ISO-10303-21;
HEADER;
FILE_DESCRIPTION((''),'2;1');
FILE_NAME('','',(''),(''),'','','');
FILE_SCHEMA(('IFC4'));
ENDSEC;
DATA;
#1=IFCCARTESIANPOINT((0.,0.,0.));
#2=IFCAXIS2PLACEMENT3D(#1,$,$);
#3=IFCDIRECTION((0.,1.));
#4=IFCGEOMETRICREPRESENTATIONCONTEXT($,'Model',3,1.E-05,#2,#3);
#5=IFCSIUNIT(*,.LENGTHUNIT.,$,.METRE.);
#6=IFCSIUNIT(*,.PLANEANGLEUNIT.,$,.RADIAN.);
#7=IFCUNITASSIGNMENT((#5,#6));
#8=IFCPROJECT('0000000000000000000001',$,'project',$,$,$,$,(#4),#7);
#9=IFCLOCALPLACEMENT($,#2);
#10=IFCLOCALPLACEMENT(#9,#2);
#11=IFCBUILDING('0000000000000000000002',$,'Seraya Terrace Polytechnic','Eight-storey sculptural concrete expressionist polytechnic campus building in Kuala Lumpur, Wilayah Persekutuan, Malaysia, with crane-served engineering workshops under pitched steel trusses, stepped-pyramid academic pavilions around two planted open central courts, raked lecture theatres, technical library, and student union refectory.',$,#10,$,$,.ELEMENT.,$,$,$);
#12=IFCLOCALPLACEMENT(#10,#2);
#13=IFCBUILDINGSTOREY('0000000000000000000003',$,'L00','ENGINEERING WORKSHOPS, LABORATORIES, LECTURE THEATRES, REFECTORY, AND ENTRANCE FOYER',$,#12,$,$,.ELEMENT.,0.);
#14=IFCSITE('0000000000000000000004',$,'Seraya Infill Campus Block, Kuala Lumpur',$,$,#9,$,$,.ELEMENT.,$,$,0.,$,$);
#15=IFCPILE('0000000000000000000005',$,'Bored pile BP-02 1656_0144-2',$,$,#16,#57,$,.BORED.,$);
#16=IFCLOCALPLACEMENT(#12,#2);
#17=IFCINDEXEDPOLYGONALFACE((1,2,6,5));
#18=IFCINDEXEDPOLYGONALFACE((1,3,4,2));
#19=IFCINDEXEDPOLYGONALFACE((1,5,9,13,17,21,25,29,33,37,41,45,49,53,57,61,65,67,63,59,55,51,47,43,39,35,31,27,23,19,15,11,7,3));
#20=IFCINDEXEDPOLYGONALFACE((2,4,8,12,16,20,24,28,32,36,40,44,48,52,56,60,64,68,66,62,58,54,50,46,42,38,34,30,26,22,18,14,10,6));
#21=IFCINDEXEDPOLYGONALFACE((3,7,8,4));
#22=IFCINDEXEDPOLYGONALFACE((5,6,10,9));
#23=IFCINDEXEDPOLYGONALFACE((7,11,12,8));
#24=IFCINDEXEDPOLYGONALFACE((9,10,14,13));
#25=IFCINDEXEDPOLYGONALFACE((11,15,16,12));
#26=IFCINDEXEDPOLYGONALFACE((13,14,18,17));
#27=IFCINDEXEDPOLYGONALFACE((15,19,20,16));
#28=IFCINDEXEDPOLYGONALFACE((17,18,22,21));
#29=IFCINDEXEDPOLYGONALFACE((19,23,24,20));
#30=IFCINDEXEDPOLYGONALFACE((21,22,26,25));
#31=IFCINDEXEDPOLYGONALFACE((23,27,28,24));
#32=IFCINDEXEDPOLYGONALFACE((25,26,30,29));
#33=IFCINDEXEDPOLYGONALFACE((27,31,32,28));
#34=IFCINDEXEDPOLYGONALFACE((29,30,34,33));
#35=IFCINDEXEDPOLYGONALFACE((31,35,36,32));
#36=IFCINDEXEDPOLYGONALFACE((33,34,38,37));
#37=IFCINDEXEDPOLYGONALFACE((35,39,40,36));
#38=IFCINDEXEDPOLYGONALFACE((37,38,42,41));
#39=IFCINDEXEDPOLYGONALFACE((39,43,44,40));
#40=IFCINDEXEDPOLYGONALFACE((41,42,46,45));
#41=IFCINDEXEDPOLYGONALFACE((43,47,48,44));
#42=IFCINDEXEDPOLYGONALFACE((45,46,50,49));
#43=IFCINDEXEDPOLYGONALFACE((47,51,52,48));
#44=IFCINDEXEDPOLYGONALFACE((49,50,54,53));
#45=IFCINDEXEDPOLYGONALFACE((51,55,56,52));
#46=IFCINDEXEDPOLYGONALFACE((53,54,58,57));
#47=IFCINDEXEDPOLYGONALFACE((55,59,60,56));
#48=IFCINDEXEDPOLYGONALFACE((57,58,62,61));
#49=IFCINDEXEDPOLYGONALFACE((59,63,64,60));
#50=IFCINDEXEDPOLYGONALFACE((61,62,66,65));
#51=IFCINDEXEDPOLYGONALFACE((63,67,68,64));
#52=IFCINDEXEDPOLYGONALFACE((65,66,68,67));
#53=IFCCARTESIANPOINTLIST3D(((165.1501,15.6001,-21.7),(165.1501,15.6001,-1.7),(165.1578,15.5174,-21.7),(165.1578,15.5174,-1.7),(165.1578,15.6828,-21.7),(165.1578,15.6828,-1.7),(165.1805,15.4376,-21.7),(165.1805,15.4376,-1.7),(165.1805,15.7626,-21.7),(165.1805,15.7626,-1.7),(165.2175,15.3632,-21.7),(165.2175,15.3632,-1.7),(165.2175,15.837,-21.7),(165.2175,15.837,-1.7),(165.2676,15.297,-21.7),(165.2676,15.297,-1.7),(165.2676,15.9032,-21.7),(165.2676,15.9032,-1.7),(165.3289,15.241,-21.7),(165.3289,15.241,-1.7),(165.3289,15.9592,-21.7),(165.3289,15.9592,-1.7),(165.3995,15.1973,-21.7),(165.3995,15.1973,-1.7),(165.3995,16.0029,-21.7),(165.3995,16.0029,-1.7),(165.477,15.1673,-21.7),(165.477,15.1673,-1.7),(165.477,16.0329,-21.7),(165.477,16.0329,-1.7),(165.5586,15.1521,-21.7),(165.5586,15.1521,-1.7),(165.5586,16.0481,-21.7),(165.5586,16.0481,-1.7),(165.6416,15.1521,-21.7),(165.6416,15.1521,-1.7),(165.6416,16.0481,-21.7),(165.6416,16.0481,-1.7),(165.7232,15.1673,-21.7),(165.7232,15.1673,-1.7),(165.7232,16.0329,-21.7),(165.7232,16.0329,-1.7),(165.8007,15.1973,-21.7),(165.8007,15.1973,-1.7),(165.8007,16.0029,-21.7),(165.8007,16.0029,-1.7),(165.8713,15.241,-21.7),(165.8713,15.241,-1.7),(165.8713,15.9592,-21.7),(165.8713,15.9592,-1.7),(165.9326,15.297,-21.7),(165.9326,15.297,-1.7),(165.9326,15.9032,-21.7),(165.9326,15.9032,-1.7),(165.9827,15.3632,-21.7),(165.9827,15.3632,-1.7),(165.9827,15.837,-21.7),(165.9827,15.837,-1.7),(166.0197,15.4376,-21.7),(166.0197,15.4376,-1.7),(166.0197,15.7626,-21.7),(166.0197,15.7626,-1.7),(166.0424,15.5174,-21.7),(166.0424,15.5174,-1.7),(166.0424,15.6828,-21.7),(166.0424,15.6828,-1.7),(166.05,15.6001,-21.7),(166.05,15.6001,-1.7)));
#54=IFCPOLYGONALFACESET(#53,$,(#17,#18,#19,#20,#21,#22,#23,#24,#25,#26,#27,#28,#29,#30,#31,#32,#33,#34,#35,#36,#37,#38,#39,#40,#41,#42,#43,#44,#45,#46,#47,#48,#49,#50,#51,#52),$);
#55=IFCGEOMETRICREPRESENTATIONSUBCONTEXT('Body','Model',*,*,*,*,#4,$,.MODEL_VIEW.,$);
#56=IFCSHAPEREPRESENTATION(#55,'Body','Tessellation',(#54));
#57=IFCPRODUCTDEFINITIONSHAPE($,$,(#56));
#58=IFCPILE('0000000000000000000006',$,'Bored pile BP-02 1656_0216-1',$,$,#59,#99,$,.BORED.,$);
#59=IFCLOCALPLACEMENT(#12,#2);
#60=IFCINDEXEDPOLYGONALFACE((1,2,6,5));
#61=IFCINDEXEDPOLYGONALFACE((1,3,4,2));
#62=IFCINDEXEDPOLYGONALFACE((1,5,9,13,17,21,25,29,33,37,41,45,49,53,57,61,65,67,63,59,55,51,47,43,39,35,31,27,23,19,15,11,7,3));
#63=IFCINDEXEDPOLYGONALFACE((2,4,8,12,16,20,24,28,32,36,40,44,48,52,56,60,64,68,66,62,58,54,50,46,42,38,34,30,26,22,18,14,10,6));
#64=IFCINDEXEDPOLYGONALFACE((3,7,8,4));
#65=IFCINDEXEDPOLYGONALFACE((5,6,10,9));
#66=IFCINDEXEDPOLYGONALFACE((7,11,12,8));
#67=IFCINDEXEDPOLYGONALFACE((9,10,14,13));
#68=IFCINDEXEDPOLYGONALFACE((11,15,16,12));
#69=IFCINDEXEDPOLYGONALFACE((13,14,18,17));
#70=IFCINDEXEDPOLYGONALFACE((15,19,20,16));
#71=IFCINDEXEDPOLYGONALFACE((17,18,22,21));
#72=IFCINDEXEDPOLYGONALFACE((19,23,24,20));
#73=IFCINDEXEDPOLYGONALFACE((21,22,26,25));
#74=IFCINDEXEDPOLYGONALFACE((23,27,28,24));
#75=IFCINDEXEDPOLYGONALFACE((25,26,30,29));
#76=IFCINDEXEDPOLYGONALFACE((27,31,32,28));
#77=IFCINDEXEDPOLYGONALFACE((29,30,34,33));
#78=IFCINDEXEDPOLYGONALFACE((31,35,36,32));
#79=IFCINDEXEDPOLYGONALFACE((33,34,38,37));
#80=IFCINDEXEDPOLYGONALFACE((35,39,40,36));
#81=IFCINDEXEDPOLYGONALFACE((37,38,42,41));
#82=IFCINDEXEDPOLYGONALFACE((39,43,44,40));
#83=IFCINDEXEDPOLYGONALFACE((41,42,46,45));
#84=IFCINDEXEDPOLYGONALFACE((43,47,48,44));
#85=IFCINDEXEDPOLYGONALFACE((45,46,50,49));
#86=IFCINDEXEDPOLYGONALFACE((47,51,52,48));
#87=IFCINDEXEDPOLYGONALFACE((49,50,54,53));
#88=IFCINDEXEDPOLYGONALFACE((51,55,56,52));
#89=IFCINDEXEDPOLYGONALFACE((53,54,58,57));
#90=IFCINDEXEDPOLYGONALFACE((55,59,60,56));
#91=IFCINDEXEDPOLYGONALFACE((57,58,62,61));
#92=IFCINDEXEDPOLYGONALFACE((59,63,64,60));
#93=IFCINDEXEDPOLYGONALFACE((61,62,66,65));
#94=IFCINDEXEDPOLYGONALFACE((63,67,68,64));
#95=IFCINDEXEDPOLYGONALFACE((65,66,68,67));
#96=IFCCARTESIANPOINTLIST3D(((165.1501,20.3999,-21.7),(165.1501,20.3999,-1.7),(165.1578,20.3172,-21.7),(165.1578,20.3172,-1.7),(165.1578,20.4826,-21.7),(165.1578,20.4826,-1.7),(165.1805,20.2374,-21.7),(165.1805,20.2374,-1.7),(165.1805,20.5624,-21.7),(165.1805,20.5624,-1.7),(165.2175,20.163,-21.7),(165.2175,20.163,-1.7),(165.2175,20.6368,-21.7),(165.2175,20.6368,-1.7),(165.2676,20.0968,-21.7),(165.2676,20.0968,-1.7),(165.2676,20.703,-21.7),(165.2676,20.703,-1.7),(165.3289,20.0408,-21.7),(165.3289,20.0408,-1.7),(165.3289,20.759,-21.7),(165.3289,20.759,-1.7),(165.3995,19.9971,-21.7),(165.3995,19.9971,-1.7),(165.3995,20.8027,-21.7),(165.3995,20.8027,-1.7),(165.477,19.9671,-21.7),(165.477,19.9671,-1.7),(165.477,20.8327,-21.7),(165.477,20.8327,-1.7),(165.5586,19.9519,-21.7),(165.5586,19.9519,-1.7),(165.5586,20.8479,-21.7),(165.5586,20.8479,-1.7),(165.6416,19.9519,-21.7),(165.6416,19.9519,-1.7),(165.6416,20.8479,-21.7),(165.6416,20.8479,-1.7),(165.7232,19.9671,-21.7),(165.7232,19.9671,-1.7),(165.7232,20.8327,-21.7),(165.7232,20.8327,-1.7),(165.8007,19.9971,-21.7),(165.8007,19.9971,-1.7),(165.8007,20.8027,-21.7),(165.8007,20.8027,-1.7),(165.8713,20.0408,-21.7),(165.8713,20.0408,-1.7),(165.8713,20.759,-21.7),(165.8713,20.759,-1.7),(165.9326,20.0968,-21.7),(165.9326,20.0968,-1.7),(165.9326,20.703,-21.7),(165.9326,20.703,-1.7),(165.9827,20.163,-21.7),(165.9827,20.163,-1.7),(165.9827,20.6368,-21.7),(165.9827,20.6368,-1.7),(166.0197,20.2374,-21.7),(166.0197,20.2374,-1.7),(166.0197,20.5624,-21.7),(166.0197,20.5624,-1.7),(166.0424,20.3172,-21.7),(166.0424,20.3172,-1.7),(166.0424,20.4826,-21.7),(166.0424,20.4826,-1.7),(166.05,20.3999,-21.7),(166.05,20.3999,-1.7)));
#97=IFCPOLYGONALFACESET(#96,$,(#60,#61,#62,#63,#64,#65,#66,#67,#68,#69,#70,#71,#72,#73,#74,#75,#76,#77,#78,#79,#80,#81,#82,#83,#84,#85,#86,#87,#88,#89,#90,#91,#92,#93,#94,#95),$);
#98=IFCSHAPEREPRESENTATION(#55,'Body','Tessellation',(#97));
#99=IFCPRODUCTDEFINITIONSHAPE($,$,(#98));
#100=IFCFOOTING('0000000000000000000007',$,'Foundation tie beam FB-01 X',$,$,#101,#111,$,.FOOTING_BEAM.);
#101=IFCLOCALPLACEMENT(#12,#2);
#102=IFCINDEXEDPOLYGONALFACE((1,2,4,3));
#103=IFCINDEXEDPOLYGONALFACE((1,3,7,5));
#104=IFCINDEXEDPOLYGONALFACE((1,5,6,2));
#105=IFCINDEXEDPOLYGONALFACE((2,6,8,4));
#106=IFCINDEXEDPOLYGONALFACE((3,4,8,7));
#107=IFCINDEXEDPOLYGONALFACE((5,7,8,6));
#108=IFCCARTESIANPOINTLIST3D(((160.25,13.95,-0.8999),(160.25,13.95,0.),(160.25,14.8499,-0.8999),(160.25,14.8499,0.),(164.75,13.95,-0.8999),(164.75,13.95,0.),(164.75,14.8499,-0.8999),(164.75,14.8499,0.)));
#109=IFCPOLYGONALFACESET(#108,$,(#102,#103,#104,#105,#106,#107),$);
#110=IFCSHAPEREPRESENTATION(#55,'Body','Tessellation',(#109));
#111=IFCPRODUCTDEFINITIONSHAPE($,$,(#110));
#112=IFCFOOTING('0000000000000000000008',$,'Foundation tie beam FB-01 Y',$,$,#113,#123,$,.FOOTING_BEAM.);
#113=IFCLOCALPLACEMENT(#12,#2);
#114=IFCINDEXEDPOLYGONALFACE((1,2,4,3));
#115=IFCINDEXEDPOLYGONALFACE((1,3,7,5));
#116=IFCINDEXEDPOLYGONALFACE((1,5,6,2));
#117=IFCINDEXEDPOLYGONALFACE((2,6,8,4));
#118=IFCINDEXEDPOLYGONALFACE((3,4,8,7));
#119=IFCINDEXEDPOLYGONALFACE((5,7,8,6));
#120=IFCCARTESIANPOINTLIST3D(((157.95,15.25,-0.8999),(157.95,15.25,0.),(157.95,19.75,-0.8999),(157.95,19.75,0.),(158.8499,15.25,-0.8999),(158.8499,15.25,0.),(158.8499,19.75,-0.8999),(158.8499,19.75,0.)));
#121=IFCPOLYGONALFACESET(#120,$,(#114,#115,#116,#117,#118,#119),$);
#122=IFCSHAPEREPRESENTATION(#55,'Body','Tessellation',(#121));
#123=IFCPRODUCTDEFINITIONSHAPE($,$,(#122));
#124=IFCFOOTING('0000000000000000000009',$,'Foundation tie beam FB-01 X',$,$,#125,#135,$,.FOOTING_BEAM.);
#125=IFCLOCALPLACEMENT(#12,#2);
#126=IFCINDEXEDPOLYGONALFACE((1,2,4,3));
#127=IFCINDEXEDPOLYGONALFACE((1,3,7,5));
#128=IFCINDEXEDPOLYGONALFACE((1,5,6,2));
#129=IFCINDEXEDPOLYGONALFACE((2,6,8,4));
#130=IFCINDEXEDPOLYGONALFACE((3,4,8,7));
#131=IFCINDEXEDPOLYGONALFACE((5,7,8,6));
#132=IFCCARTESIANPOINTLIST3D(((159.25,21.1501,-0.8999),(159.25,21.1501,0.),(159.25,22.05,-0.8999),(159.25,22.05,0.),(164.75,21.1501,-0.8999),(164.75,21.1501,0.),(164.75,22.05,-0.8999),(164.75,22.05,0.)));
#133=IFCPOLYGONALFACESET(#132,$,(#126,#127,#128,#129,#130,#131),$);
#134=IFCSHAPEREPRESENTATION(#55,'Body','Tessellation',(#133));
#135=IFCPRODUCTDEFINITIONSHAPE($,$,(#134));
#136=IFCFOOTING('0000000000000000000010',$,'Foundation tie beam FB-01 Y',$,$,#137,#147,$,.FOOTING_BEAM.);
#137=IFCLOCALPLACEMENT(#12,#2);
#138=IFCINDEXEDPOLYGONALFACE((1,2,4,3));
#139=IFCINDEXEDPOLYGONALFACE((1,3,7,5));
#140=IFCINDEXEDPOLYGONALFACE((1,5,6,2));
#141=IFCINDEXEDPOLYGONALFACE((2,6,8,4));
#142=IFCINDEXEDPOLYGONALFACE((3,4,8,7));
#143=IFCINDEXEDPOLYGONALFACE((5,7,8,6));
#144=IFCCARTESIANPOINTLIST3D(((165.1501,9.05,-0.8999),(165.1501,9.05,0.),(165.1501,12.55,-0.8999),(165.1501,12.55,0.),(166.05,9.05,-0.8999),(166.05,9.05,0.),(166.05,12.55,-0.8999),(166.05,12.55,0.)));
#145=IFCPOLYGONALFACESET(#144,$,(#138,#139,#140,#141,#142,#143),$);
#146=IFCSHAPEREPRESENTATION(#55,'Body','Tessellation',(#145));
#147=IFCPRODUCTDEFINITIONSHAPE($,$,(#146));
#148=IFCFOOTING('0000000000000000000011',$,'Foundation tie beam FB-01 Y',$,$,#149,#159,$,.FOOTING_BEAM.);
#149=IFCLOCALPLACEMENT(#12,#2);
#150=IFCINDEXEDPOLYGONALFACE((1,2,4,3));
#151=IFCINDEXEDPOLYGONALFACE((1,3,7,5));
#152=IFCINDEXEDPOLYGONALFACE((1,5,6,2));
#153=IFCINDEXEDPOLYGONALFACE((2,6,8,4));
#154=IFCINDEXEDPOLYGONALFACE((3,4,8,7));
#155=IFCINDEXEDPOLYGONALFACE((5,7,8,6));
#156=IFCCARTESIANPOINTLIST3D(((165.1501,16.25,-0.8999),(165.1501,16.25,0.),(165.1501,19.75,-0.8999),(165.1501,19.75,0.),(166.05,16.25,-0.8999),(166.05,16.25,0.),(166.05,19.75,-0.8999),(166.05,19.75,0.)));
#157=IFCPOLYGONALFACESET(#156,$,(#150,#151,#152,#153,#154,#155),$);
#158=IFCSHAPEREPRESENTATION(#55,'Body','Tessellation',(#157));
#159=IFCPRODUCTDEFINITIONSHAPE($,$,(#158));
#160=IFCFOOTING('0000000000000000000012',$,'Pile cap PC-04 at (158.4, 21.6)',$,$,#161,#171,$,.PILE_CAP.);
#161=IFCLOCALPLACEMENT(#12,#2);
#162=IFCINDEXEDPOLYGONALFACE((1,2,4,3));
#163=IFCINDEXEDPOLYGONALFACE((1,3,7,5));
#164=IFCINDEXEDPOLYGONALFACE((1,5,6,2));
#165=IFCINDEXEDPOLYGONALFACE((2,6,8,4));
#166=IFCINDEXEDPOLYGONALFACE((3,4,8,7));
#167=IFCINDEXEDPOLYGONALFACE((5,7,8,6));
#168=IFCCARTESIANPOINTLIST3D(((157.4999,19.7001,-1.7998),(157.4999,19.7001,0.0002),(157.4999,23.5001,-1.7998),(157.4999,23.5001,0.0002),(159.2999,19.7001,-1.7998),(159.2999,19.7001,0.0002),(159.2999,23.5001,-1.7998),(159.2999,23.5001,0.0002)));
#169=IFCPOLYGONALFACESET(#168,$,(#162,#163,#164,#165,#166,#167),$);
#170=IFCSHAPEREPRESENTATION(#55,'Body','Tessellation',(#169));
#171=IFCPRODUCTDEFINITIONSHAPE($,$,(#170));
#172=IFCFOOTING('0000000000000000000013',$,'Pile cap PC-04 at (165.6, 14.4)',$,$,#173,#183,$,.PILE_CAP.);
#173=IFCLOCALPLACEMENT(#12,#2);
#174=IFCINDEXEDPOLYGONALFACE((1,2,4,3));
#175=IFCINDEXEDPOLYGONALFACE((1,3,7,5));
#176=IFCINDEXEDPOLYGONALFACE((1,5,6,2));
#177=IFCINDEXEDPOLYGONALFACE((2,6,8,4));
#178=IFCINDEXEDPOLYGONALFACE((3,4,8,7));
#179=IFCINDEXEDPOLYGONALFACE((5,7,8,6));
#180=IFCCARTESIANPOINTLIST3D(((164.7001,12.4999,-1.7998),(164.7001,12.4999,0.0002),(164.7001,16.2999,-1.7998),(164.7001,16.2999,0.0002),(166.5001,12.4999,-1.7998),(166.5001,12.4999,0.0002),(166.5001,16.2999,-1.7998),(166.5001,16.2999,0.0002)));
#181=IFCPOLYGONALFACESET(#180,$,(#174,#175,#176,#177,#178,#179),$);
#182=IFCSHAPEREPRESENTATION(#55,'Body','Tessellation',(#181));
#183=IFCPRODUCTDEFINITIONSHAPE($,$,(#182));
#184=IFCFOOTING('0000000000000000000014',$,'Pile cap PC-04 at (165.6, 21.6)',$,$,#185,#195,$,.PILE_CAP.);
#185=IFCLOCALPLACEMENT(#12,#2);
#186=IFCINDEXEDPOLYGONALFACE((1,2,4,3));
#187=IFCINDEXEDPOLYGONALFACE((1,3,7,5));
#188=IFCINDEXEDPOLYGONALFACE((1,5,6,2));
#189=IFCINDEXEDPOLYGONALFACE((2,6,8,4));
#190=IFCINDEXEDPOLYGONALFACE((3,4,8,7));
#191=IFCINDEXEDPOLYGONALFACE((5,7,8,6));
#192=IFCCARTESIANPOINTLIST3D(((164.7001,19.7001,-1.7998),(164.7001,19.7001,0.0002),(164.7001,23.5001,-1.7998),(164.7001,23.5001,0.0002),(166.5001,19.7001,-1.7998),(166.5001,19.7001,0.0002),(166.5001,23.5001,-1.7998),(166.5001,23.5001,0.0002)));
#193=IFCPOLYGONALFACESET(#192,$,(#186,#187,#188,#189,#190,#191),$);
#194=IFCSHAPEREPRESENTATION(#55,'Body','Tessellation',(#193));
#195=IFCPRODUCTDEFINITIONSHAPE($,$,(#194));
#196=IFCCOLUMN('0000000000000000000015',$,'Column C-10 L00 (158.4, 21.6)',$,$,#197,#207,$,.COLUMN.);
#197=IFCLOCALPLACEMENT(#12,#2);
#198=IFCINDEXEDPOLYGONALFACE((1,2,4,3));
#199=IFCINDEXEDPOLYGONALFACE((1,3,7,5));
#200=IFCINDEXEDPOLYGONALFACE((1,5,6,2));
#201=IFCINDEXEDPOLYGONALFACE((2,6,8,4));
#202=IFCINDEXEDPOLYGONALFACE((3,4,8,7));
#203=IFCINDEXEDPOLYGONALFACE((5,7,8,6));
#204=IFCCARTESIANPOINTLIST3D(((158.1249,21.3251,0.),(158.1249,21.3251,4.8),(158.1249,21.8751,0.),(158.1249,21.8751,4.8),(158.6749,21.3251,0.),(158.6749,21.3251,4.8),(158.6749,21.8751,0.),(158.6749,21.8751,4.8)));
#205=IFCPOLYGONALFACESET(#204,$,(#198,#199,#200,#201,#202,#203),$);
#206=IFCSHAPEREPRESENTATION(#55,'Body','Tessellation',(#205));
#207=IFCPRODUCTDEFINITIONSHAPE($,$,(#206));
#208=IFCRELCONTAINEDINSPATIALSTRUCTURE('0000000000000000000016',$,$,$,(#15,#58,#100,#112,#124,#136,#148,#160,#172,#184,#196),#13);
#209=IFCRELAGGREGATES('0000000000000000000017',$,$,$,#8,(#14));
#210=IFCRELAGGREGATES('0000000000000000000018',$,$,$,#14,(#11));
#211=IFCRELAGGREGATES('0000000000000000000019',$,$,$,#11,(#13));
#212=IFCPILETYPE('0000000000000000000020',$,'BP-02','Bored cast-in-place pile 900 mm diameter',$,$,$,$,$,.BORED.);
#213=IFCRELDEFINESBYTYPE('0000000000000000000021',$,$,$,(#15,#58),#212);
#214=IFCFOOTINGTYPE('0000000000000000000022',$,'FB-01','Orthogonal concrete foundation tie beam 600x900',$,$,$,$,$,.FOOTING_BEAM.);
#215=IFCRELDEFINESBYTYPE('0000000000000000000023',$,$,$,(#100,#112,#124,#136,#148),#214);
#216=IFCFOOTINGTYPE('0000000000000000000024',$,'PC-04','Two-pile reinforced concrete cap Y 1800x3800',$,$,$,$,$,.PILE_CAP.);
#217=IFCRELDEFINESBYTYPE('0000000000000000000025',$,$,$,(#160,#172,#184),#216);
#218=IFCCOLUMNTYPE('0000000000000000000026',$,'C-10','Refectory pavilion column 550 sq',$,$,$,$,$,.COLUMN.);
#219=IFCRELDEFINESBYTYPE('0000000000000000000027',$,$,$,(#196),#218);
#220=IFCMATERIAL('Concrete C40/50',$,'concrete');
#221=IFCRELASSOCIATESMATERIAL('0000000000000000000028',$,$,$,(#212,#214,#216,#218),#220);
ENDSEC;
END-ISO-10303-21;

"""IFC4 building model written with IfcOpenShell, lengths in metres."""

from ifc_helpers import new_model, si_unit, direction, frame, origin, origin_2d, place, context, subcontext, project, spatial, rectangle, circle, extrude, material, material_profile, profile_set, type_object, element, save


model = new_model("IFC4")

# Units and contexts
model_context = context("Model", 3, precision=1e-05, world=origin(), true_north=direction((0.0, 1.0)))
body_context = subcontext(model_context, "Body", "Model", "MODEL_VIEW")
ifc_project = project(units=[si_unit("LENGTHUNIT", "METRE"), si_unit("PLANEANGLEUNIT", "RADIAN")], contexts=[model_context])

# Site, building, storey
site_placement = place(None, origin())
site = spatial("IfcSite", under=ifc_project, at=site_placement, Name="Seraya Infill Campus Block, Kuala Lumpur", CompositionType="ELEMENT", RefElevation=0.0)
building_placement = place(site_placement, origin())
building = spatial("IfcBuilding", under=site, at=building_placement, Name="Seraya Terrace Polytechnic", Description="Eight-storey sculptural concrete expressionist polytechnic campus building in Kuala Lumpur, Wilayah Persekutuan, Malaysia, with crane-served engineering workshops under pitched steel trusses, stepped-pyramid academic pavilions around two planted open central courts, raked lecture theatres, technical library, and student union refectory.", CompositionType="ELEMENT")
storey_placement = place(building_placement, origin())
storey = spatial("IfcBuildingStorey", under=building, at=storey_placement, Name="L00", Description="ENGINEERING WORKSHOPS, LABORATORIES, LECTURE THEATRES, REFECTORY, AND ENTRANCE FOYER", CompositionType="ELEMENT", Elevation=0.0)

# Piles
ifc_material_1 = material(Name="Concrete C40/50", Category="concrete")
ifc_material_profile_1 = material_profile(ifc_material_1, circle(Radius=0.45, at=origin_2d()), Name="DIA 900")
ifc_profile_set_1 = profile_set([ifc_material_profile_1], Name="Concrete C40/50")
pile_type = type_object("IfcPileType", Name="BP-02", Description="Bored cast-in-place pile 900 mm diameter", PredefinedType="BORED", material=ifc_profile_set_1)
for number, where, z_axis, x_axis, name in (
    (1, (165.6001, 15.6001, -1.7), (0.0, 0.0, -1.0), (1.0, 0.0, 0.0), "Bored pile BP-02 1656_0144-2"),
    (2, (165.6001, 20.3999, -1.7), (0.0, 0.0, -1.0), (1.0, 0.0, 0.0), "Bored pile BP-02 1656_0216-1"),
):
    element("IfcPile", number, at=place(storey_placement, frame(where, z_axis=z_axis, x_axis=x_axis)), inside=storey, type_object=pile_type, Name=name, PredefinedType="BORED", context=body_context, shape_type="SweptSolid", body=[
        extrude(circle(Radius=0.45, at=origin_2d()), origin(), (0.0, 0.0, 1.0), 20.0),
    ])

# Footings
footing_type_1 = type_object("IfcFootingType", Name="FB-01", Description="Orthogonal concrete foundation tie beam 600x900", PredefinedType="FOOTING_BEAM", material=ifc_material_1)
for number, where, z_axis, x_axis, name in (
    (3, (162.5, 14.3999, -0.8999), (0.0, 0.0, 1.0), (1.0, 0.0, 0.0), "Foundation tie beam FB-01 X"),
    (4, (158.3999, 17.5, -0.8999), (0.0, 0.0, 1.0), (0.0, 1.0, 0.0), "Foundation tie beam FB-01 Y"),
):
    element("IfcFooting", number, at=place(storey_placement, frame(where, z_axis=z_axis, x_axis=x_axis)), inside=storey, type_object=footing_type_1, Name=name, PredefinedType="FOOTING_BEAM", context=body_context, shape_type="SweptSolid", body=[
        extrude(rectangle(XDim=4.5, YDim=0.8999, at=origin_2d()), origin(), (0.0, 0.0, 1.0), 0.8999),
    ])
footing_placement = place(storey_placement, frame((162.0, 21.6001, -0.8999), z_axis=(0.0, 0.0, 1.0), x_axis=(1.0, 0.0, 0.0)))
element("IfcFooting", 5, at=footing_placement, inside=storey, type_object=footing_type_1, Name="Foundation tie beam FB-01 X", PredefinedType="FOOTING_BEAM", context=body_context, shape_type="SweptSolid", body=[
    extrude(rectangle(XDim=5.5, YDim=0.8999, at=origin_2d()), origin(), (0.0, 0.0, 1.0), 0.8999),
])
for number, where, z_axis, x_axis, name in (
    (6, (165.6001, 10.8, -0.8999), (0.0, 0.0, 1.0), (0.0, 1.0, 0.0), "Foundation tie beam FB-01 Y"),
    (7, (165.6001, 18.0, -0.8999), (0.0, 0.0, 1.0), (0.0, 1.0, 0.0), "Foundation tie beam FB-01 Y"),
):
    element("IfcFooting", number, at=place(storey_placement, frame(where, z_axis=z_axis, x_axis=x_axis)), inside=storey, type_object=footing_type_1, Name=name, PredefinedType="FOOTING_BEAM", context=body_context, shape_type="SweptSolid", body=[
        extrude(rectangle(XDim=3.5, YDim=0.8999, at=origin_2d()), origin(), (0.0, 0.0, 1.0), 0.8999),
    ])
footing_type_2 = type_object("IfcFootingType", Name="PC-04", Description="Two-pile reinforced concrete cap Y 1800x3800", PredefinedType="PILE_CAP", material=ifc_material_1)
for number, where, z_axis, x_axis, name in (
    (8, (158.3999, 21.6001, -1.7998), (0.0, 0.0, 1.0), (1.0, 0.0, 0.0), "Pile cap PC-04 at (158.4, 21.6)"),
    (9, (165.6001, 14.3999, -1.7998), (0.0, 0.0, 1.0), (1.0, 0.0, 0.0), "Pile cap PC-04 at (165.6, 14.4)"),
    (10, (165.6001, 21.6001, -1.7998), (0.0, 0.0, 1.0), (1.0, 0.0, 0.0), "Pile cap PC-04 at (165.6, 21.6)"),
):
    element("IfcFooting", number, at=place(storey_placement, frame(where, z_axis=z_axis, x_axis=x_axis)), inside=storey, type_object=footing_type_2, Name=name, PredefinedType="PILE_CAP", context=body_context, shape_type="SweptSolid", body=[
        extrude(rectangle(XDim=1.8, YDim=3.8, at=origin_2d()), origin(), (0.0, 0.0, 1.0), 1.8),
    ])

# Column
ifc_material_profile_2 = material_profile(ifc_material_1, rectangle(XDim=0.55, YDim=0.55, at=origin_2d()), Name="RC 550x550")
ifc_profile_set_2 = profile_set([ifc_material_profile_2], Name="Concrete C40/50")
column_type_1 = type_object("IfcColumnType", Name="C-10", Description="Refectory pavilion column 550 sq", PredefinedType="COLUMN", material=ifc_profile_set_2)
column_placement = place(storey_placement, frame((158.3999, 21.6001, 0.0), z_axis=(0.0, 0.0, 1.0), x_axis=(1.0, 0.0, 0.0)))
element("IfcColumn", 11, at=column_placement, inside=storey, type_object=column_type_1, Name="Column C-10 L00 (158.4, 21.6)", PredefinedType="COLUMN", context=body_context, shape_type="SweptSolid", body=[
    extrude(rectangle(XDim=0.55, YDim=0.55, at=origin_2d()), origin(), (0.0, 0.0, 1.0), 4.8),
])

save(model, "model.ifc")
